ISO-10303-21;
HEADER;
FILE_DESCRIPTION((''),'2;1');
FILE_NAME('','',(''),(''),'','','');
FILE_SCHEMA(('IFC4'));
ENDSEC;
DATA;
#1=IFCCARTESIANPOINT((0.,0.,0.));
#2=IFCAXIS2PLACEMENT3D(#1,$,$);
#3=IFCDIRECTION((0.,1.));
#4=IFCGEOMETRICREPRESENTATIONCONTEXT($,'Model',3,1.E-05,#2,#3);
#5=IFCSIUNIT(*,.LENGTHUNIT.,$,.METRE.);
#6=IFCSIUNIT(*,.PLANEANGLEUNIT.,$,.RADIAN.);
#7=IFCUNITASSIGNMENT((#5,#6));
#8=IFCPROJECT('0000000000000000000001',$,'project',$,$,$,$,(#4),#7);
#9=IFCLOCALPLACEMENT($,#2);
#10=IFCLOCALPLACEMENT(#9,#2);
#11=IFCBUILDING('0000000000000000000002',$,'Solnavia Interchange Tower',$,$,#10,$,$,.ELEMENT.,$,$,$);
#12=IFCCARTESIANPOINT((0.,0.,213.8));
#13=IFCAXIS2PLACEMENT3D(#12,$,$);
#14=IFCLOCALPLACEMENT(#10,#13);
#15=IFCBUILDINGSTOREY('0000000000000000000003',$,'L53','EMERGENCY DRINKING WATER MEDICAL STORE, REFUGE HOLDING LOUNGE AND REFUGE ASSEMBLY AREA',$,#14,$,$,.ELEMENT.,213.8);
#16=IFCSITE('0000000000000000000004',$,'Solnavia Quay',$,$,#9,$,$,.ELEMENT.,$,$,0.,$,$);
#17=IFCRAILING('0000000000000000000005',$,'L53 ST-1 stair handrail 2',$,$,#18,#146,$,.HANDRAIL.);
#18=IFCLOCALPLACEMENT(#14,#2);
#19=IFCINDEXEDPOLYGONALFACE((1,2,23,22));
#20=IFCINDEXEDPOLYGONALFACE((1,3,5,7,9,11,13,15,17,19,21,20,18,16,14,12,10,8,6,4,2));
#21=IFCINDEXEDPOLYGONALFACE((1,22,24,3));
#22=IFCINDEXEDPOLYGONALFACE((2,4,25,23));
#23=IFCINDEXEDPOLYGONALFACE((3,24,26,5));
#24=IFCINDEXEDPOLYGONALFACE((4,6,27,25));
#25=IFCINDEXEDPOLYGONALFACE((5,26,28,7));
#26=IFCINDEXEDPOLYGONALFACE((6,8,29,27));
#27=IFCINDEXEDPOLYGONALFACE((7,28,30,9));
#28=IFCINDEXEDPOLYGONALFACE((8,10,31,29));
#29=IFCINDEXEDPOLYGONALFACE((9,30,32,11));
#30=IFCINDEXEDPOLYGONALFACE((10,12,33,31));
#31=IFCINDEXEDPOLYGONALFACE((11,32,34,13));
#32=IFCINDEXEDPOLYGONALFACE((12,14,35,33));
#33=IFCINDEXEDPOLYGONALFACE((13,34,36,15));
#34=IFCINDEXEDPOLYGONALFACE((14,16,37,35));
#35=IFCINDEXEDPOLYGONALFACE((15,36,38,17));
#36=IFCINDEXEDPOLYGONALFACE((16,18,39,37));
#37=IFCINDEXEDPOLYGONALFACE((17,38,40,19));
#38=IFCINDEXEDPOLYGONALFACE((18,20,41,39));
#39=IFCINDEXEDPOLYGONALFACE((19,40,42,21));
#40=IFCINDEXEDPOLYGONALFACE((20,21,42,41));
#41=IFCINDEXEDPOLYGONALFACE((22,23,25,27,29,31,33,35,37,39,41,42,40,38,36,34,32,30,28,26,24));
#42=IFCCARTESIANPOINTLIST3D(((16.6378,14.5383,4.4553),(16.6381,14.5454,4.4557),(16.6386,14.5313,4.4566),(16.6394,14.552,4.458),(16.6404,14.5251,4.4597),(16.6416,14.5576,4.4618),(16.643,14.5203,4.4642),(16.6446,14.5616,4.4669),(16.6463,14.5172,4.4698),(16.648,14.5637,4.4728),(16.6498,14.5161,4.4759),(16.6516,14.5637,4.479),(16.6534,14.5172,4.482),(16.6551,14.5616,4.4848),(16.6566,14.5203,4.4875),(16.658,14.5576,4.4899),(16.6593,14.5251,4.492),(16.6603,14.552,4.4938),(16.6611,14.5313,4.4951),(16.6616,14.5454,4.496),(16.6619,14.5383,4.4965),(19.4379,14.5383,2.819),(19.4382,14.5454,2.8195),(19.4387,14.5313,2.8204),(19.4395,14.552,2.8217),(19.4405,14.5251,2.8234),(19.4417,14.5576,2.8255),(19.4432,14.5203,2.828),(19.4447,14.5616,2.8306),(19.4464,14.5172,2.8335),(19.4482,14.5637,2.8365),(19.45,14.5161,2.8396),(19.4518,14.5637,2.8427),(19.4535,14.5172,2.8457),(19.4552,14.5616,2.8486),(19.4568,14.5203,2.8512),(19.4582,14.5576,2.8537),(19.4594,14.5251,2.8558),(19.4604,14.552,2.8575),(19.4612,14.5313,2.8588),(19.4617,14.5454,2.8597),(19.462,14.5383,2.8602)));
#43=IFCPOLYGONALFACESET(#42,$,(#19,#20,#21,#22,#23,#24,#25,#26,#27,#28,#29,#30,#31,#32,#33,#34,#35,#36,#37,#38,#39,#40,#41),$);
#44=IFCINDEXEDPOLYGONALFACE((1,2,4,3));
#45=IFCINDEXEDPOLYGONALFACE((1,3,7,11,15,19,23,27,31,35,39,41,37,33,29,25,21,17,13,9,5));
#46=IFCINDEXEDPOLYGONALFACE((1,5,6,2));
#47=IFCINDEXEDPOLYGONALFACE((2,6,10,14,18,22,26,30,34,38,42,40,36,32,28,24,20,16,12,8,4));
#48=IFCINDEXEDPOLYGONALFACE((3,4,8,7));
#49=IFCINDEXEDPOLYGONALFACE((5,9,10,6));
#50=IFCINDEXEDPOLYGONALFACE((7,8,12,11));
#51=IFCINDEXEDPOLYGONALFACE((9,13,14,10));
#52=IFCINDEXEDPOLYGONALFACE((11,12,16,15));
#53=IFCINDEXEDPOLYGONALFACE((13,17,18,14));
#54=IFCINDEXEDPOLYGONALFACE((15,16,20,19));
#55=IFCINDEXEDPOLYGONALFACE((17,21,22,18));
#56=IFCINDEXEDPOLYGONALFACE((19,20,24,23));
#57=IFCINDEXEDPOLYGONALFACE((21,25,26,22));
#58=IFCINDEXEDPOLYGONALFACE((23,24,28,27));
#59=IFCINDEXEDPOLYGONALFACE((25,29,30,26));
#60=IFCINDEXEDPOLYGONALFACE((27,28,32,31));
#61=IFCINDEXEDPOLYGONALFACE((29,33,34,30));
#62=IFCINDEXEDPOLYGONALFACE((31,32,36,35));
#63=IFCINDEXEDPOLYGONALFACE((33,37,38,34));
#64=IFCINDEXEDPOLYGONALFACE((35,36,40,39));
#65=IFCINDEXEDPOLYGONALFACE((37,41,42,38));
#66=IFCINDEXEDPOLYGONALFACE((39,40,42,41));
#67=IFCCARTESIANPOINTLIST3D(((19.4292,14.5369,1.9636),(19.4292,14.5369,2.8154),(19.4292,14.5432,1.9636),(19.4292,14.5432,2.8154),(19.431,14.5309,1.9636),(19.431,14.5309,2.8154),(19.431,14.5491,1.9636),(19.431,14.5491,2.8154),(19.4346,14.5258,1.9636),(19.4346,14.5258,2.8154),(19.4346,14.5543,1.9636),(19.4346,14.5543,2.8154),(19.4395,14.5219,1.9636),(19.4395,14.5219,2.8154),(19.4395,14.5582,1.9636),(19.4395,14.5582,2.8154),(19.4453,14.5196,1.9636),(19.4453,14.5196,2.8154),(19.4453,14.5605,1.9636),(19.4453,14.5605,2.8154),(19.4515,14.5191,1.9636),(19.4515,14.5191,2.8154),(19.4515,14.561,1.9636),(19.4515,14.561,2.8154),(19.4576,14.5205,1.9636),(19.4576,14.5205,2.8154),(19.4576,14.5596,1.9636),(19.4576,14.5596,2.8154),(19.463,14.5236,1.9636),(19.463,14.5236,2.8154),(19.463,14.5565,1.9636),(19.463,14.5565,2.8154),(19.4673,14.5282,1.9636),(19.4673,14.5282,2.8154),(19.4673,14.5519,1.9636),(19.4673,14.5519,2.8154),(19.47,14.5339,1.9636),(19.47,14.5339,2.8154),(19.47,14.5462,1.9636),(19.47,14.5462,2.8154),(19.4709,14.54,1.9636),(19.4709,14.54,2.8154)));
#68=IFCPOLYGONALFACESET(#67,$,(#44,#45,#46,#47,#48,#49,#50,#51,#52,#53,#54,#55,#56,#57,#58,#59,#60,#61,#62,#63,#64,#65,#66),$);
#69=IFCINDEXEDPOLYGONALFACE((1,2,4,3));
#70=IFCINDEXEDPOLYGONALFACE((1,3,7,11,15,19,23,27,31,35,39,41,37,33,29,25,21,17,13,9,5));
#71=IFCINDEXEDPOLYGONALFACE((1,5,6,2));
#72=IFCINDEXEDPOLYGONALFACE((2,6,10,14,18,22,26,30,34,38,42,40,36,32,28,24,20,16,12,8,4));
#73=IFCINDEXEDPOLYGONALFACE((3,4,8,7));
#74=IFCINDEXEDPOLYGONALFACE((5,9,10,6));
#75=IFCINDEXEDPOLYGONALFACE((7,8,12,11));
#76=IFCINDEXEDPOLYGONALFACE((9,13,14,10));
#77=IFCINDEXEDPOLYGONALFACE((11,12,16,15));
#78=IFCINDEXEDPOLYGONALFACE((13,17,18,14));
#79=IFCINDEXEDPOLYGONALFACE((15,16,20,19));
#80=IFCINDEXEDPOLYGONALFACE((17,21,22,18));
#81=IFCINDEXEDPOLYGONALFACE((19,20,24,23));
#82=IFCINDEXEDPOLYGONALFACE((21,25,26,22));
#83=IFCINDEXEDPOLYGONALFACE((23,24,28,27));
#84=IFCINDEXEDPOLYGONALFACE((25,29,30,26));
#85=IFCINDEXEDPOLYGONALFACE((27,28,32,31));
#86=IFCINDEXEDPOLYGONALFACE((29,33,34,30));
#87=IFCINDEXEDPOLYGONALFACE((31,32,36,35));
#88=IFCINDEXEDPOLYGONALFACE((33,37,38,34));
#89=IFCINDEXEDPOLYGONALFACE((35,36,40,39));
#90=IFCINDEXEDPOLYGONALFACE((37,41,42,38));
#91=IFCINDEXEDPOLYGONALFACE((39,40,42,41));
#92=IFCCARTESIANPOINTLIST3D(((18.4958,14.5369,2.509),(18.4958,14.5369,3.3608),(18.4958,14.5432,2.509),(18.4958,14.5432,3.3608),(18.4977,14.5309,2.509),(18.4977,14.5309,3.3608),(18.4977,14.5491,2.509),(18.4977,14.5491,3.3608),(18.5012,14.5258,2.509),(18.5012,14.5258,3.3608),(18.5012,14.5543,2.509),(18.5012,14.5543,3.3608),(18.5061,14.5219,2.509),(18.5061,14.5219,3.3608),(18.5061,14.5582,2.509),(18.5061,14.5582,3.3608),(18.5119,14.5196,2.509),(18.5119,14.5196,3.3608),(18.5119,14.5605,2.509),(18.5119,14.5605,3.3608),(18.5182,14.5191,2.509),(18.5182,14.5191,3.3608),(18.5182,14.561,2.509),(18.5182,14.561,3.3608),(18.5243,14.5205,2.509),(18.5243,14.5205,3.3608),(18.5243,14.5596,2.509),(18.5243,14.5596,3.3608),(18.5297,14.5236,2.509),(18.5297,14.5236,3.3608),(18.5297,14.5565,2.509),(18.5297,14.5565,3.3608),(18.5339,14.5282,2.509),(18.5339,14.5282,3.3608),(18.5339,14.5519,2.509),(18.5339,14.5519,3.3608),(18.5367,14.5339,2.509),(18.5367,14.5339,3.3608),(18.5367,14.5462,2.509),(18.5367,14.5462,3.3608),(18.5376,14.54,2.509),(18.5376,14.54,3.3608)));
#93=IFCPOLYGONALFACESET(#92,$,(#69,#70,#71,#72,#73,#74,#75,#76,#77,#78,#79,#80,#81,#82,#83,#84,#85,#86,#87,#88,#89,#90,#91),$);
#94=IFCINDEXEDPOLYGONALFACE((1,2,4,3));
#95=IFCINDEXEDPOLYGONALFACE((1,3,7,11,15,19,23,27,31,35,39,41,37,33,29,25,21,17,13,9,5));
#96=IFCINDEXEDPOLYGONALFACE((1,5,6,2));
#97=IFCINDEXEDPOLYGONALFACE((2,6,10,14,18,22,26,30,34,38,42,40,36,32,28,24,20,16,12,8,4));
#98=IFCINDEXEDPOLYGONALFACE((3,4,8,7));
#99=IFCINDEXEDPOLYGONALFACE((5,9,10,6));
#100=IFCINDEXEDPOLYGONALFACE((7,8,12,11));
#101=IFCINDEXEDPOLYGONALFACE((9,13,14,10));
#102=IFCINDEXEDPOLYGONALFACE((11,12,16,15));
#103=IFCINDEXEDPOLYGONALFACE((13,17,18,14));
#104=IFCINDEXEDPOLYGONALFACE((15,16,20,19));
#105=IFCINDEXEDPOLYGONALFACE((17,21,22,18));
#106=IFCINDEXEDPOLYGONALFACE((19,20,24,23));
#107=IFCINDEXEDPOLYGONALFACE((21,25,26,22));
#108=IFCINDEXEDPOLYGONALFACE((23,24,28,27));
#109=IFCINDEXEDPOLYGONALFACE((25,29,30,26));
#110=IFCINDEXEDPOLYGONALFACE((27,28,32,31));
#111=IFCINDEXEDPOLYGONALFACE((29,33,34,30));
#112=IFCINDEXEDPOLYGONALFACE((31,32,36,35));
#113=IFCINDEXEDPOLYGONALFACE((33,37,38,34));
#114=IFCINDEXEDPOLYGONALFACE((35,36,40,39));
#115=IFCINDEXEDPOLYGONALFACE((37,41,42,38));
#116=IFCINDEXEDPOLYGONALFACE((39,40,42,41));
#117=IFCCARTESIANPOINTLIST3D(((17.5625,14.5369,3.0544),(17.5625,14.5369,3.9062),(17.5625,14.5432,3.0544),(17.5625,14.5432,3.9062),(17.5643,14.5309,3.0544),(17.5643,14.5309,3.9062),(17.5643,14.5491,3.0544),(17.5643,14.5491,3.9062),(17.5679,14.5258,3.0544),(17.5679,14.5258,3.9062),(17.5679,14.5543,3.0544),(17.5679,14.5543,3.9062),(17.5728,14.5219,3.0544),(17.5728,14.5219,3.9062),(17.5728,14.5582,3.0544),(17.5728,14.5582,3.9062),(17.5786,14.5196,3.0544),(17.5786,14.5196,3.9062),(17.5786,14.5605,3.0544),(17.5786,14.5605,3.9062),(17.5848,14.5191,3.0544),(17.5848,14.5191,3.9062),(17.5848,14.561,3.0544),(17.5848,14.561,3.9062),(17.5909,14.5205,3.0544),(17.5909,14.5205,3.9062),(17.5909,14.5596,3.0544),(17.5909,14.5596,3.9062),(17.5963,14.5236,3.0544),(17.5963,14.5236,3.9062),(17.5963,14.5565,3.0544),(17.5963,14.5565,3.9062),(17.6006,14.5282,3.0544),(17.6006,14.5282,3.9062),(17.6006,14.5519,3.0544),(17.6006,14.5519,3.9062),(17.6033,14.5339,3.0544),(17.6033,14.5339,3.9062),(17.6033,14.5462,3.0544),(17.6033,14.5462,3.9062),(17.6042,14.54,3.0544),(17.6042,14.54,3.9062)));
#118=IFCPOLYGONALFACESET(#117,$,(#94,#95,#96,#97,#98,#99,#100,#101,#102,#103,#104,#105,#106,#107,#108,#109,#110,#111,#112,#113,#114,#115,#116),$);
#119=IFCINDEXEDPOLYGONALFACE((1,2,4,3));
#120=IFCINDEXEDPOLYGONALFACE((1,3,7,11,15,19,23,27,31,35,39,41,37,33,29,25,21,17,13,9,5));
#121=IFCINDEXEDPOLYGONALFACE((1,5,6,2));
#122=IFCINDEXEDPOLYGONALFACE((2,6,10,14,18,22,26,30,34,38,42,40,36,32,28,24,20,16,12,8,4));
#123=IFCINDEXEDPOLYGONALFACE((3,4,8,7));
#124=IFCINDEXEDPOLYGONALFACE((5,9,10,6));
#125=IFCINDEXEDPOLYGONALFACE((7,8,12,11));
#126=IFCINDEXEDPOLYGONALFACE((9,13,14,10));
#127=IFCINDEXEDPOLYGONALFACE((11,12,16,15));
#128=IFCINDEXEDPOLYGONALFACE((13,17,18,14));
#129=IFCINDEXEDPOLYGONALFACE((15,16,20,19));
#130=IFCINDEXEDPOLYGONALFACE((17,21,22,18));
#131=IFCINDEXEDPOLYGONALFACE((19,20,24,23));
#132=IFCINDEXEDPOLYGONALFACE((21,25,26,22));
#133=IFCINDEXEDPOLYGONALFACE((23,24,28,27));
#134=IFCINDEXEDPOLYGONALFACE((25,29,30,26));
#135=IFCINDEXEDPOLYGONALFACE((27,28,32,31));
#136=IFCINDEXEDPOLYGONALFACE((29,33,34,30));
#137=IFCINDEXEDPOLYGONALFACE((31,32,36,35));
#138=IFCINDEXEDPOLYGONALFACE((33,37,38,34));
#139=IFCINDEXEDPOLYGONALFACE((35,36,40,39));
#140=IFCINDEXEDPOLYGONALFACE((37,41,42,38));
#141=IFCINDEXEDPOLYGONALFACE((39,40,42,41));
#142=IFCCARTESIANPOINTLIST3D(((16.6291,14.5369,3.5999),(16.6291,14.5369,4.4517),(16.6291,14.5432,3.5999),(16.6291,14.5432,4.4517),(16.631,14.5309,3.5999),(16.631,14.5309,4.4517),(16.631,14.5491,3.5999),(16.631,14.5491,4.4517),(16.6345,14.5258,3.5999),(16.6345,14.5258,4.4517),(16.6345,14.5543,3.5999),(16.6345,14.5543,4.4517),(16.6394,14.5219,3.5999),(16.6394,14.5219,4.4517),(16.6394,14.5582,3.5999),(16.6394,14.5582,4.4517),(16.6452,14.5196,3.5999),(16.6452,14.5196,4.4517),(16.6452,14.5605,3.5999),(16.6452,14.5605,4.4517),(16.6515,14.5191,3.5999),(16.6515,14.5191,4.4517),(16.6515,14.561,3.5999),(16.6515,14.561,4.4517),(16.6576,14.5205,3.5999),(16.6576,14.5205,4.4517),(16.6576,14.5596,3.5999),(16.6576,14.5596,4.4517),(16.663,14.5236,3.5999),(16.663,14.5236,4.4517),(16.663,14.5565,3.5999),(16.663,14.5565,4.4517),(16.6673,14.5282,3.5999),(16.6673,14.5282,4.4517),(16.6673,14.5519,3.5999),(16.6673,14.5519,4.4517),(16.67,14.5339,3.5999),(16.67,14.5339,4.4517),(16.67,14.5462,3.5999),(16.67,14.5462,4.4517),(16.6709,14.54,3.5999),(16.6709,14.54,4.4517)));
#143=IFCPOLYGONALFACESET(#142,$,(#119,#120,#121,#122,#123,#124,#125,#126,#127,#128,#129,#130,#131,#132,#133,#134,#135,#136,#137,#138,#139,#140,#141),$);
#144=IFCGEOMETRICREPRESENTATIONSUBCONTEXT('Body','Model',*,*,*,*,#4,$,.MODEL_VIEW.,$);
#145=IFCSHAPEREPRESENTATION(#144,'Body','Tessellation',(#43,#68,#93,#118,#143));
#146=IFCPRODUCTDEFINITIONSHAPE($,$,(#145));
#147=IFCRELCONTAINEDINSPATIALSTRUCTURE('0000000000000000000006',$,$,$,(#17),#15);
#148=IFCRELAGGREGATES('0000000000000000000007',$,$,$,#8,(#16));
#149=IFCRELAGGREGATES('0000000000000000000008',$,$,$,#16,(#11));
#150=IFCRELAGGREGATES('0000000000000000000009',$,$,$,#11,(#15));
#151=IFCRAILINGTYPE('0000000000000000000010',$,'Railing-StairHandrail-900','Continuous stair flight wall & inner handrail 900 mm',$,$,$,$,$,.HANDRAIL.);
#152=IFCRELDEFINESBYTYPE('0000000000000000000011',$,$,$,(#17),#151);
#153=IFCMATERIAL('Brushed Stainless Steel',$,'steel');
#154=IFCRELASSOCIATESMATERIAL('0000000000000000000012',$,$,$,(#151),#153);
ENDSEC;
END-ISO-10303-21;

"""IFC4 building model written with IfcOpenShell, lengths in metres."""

from ifc_helpers import new_model, si_unit, direction, frame, origin, origin_2d, place, context, subcontext, project, spatial, circle, extrude, material, type_object, element, save


model = new_model("IFC4")

# Units and contexts
model_context = context("Model", 3, precision=1e-05, world=origin(), true_north=direction((0.0, 1.0)))
body_context = subcontext(model_context, "Body", "Model", "MODEL_VIEW")
ifc_project = project(units=[si_unit("LENGTHUNIT", "METRE"), si_unit("PLANEANGLEUNIT", "RADIAN")], contexts=[model_context])

# Site, building, storey
site_placement = place(None, origin())
site = spatial("IfcSite", under=ifc_project, at=site_placement, Name="Solnavia Quay", CompositionType="ELEMENT", RefElevation=0.0)
building_placement = place(site_placement, origin())
building = spatial("IfcBuilding", under=site, at=building_placement, Name="Solnavia Interchange Tower", CompositionType="ELEMENT")
storey_placement = place(building_placement, frame((0.0, 0.0, 213.8)))
storey = spatial("IfcBuildingStorey", under=building, at=storey_placement, Name="L53", Description="EMERGENCY DRINKING WATER MEDICAL STORE, REFUGE HOLDING LOUNGE AND REFUGE ASSEMBLY AREA", CompositionType="ELEMENT", Elevation=213.8)

# Railing
ifc_material_1 = material(Name="Brushed Stainless Steel", Category="steel")
railing_type_1 = type_object("IfcRailingType", Name="Railing-StairHandrail-900", Description="Continuous stair flight wall & inner handrail 900 mm", PredefinedType="HANDRAIL", material=ifc_material_1)
railing_1_placement = place(storey_placement, frame((19.45, 14.54, 1.9636)))
element("IfcRailing", 1, at=railing_1_placement, inside=storey, type_object=railing_type_1, Name="L53 ST-1 stair handrail 2", PredefinedType="HANDRAIL", context=body_context, shape_type="SweptSolid", body=[
    extrude(circle(Radius=0.0239, at=origin_2d()), frame((0.0, 0.0, 0.876), z_axis=(-0.863394, 0.0, 0.504531), x_axis=(0.0, -1.0, 0.0)), (0.0, 0.0, 1.0), 3.2432),
    extrude(circle(Radius=0.021, at=origin_2d()), origin(), (0.0, 0.0, 1.0), 0.8518),
    extrude(circle(Radius=0.021, at=origin_2d()), frame((-0.9333, 0.0, 0.5454)), (0.0, 0.0, 1.0), 0.8518),
    extrude(circle(Radius=0.021, at=origin_2d()), frame((-1.8667, 0.0, 1.0908)), (0.0, 0.0, 1.0), 0.8518),
    extrude(circle(Radius=0.021, at=origin_2d()), frame((-2.8, 0.0, 1.6362)), (0.0, 0.0, 1.0), 0.8518),
])

save(model, "model.ifc")
